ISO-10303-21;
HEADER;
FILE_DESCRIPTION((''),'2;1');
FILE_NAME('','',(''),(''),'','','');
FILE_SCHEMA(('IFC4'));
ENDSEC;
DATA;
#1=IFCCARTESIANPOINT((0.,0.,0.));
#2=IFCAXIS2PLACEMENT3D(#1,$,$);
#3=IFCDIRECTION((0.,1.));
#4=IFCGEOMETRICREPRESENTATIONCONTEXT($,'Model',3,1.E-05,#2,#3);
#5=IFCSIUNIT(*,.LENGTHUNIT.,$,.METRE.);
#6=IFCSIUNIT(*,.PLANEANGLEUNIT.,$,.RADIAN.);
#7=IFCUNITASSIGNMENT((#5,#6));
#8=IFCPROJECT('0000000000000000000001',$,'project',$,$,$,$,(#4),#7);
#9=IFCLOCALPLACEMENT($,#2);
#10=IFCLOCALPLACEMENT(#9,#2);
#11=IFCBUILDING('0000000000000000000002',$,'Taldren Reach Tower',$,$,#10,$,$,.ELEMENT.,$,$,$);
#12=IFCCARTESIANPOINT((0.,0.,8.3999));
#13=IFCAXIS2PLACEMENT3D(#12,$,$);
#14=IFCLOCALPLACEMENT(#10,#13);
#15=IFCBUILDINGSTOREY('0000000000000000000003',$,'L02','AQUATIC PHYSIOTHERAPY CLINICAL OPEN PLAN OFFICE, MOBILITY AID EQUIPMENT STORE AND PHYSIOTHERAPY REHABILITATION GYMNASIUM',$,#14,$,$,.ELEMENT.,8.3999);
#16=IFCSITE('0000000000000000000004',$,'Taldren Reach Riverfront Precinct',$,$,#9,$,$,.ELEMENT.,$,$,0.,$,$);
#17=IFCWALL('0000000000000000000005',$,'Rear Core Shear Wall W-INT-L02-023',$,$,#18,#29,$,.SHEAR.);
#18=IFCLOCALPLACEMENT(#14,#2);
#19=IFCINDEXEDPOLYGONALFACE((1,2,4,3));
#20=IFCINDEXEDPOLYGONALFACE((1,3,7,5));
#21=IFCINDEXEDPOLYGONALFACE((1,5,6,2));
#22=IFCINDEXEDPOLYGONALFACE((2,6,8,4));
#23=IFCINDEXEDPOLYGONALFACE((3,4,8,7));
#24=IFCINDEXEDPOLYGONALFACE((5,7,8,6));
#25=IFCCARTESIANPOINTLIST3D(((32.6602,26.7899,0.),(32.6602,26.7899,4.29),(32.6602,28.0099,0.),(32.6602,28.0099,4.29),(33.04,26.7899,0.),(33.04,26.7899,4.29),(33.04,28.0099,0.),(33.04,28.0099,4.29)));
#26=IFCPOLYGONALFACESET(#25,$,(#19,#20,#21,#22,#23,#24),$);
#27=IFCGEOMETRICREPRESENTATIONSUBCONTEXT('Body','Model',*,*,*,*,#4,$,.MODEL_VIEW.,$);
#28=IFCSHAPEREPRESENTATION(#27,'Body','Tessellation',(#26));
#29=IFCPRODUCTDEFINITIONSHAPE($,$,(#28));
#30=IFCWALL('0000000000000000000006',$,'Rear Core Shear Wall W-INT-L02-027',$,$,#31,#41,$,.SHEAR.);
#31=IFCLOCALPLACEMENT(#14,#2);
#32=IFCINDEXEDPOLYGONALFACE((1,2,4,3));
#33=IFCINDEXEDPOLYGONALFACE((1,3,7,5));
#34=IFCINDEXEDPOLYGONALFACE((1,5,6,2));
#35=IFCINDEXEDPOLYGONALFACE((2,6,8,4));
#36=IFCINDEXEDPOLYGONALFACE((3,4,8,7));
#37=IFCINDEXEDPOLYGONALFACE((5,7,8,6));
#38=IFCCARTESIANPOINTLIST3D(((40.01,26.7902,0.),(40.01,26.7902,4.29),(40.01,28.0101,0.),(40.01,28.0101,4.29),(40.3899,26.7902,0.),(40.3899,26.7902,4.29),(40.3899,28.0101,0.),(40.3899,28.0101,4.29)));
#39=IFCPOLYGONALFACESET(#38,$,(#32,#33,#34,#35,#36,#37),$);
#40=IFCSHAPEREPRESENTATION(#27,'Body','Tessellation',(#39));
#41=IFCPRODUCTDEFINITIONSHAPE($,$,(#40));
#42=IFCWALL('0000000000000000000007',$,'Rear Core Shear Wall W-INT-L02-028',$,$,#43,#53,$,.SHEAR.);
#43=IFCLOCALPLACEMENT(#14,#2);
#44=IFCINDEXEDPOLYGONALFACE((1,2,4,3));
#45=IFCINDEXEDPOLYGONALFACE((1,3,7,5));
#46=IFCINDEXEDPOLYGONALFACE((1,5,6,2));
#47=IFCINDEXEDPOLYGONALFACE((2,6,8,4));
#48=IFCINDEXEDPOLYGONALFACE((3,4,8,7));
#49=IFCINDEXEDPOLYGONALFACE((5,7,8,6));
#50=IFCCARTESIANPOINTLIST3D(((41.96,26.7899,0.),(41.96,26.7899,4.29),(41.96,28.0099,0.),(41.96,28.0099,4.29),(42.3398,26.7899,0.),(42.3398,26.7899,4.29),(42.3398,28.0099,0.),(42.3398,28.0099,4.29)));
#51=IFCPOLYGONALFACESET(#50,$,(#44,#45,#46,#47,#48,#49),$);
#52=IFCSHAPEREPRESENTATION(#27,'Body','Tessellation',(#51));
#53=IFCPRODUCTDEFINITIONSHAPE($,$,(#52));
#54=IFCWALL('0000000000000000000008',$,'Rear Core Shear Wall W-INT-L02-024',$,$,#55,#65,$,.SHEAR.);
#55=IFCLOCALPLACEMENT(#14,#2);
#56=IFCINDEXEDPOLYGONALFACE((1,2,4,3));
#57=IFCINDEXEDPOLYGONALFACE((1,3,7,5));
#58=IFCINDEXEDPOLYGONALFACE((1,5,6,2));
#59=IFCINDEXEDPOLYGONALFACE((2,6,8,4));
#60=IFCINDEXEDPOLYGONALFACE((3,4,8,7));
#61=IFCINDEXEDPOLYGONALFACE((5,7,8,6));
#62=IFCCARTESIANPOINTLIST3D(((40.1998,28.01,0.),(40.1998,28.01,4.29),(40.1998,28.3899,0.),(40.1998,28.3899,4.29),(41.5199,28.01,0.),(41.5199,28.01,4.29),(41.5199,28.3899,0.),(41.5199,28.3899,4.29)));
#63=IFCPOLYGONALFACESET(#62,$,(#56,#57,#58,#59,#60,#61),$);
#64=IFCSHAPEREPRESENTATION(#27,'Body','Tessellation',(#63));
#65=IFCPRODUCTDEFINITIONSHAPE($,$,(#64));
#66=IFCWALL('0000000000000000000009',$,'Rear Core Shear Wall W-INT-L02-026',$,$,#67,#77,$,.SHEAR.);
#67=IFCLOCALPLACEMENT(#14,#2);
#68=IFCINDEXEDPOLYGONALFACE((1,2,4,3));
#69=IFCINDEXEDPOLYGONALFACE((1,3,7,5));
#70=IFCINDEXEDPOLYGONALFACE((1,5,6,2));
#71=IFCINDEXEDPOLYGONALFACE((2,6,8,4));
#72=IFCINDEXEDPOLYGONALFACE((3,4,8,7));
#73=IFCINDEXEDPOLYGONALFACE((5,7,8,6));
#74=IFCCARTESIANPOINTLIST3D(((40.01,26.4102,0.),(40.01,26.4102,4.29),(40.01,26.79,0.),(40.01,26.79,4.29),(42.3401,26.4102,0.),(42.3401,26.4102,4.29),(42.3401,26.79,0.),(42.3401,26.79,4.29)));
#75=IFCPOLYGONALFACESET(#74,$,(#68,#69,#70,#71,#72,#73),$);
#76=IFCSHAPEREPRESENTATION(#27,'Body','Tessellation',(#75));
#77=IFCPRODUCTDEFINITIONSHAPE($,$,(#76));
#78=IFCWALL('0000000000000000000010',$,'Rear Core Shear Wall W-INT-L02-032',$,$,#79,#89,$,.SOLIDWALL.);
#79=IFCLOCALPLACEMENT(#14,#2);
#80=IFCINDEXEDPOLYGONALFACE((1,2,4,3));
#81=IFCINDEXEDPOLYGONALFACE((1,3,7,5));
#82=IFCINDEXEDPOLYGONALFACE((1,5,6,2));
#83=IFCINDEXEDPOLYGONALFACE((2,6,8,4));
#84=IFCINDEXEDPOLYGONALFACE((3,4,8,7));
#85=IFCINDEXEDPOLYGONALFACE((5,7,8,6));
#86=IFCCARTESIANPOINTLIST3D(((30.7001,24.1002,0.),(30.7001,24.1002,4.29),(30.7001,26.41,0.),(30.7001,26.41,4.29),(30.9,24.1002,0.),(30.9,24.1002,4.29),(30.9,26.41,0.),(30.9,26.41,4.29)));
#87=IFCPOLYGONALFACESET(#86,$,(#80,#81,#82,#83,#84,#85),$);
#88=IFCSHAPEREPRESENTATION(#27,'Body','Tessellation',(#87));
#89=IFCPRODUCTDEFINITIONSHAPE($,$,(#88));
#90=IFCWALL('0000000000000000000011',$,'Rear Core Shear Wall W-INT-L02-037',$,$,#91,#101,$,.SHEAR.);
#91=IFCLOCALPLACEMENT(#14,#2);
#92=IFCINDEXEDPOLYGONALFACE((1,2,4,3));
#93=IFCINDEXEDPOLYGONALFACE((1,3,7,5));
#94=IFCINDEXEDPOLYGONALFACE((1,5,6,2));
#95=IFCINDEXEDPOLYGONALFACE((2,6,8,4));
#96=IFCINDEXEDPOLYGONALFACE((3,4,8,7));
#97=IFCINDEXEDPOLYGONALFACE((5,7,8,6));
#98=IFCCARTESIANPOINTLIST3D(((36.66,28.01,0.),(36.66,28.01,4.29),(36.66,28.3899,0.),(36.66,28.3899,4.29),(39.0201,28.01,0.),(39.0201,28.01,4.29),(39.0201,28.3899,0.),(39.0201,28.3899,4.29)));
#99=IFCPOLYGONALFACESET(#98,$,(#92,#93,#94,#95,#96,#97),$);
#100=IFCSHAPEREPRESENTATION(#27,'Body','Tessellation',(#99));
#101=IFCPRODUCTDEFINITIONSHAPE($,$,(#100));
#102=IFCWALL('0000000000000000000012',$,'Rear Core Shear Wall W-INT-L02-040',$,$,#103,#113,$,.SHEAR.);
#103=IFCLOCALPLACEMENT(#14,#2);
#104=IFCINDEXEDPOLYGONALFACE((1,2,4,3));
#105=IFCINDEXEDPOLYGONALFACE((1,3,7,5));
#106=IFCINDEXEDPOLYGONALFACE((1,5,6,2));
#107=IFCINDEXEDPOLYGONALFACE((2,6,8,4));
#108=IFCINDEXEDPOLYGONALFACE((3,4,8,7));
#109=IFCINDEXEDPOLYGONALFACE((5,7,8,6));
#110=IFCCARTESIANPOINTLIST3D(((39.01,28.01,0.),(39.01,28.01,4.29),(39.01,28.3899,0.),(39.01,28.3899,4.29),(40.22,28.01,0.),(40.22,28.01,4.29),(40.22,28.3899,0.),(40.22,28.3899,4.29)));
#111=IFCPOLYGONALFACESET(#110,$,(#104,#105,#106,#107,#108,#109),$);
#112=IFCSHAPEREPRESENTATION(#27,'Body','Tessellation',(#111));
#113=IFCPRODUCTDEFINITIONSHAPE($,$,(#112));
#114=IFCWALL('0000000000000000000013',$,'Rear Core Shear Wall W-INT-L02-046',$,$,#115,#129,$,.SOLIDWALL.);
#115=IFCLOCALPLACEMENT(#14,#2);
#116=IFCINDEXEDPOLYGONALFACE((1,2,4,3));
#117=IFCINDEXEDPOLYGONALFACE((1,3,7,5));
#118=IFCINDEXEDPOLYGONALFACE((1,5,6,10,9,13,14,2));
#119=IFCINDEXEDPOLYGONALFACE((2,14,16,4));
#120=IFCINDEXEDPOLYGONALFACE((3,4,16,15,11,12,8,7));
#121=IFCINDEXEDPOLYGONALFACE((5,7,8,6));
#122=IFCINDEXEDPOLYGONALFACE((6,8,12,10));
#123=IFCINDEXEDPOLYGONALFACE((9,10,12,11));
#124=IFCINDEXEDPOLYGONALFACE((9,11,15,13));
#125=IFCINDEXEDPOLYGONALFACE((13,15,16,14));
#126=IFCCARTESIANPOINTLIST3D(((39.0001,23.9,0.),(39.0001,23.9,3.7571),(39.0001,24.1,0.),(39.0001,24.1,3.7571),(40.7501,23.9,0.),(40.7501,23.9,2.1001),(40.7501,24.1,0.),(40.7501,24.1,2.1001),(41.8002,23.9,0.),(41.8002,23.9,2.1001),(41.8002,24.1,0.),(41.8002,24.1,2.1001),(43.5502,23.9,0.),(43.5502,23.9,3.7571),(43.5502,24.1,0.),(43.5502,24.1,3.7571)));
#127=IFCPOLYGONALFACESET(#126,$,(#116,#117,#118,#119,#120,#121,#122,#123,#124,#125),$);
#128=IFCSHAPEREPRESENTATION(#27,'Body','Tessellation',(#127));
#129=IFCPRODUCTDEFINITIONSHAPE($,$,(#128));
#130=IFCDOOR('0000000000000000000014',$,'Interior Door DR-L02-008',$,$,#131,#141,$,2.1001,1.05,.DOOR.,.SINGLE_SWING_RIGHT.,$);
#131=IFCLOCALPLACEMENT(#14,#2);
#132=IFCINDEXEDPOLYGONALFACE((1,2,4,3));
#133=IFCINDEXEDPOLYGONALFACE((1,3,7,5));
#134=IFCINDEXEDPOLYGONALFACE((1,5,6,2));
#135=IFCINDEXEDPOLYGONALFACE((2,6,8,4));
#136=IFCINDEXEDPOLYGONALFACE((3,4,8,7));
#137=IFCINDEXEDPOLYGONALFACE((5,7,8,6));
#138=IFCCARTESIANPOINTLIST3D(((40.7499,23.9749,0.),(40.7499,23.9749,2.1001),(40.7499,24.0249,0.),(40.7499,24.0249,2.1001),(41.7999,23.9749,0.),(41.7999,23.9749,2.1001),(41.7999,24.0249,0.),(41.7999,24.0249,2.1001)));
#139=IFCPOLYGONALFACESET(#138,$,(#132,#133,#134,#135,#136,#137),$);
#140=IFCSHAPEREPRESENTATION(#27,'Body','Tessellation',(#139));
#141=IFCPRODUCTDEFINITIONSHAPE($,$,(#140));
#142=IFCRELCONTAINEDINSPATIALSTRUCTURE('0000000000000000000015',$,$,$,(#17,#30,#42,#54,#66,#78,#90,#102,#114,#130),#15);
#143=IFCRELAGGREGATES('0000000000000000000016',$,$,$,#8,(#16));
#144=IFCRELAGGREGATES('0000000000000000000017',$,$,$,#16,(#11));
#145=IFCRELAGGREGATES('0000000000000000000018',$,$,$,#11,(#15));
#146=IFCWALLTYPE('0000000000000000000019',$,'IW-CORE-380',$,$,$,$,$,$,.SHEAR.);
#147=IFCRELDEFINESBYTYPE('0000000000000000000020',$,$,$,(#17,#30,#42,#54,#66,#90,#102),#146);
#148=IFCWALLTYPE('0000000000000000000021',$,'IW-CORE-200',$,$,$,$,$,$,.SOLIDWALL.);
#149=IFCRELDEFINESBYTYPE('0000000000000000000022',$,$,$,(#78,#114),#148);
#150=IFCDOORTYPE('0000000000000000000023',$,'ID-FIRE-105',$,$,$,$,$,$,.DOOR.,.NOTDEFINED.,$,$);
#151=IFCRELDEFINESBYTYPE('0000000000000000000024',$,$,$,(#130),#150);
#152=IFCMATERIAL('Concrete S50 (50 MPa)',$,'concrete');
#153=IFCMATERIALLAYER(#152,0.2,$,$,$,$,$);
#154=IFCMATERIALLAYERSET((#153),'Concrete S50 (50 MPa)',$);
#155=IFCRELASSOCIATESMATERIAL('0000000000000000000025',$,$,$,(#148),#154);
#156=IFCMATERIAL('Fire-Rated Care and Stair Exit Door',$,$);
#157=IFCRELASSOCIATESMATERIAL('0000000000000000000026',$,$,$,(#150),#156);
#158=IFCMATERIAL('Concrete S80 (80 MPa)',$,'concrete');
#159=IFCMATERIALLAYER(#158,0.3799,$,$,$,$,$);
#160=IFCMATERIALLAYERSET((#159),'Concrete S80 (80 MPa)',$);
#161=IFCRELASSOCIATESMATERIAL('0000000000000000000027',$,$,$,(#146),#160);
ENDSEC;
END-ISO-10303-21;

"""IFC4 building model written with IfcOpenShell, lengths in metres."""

from ifc_helpers import new_model, si_unit, direction, frame, frame_2d, origin, place, context, subcontext, project, spatial, rectangle, extrude, source, transform, mapped, material, layer, layer_set, type_object, element, fill, save


model = new_model("IFC4")

# Units and contexts
model_context = context("Model", 3, precision=1e-05, world=origin(), true_north=direction((0.0, 1.0)))
body_context = subcontext(model_context, "Body", "Model", "MODEL_VIEW")
ifc_project = project(units=[si_unit("LENGTHUNIT", "METRE"), si_unit("PLANEANGLEUNIT", "RADIAN")], contexts=[model_context])

# Site, building, storey
site_placement = place(None, origin())
site = spatial("IfcSite", under=ifc_project, at=site_placement, Name="Taldren Reach Riverfront Precinct", CompositionType="ELEMENT", RefElevation=0.0)
building_placement = place(site_placement, origin())
building = spatial("IfcBuilding", under=site, at=building_placement, Name="Taldren Reach Tower", CompositionType="ELEMENT")
storey_placement = place(building_placement, frame((0.0, 0.0, 8.3999)))
storey = spatial("IfcBuildingStorey", under=building, at=storey_placement, Name="L02", Description="AQUATIC PHYSIOTHERAPY CLINICAL OPEN PLAN OFFICE, MOBILITY AID EQUIPMENT STORE AND PHYSIOTHERAPY REHABILITATION GYMNASIUM", CompositionType="ELEMENT", Elevation=8.3999)

# Shared definitions
ifc_material_1 = material(Name="Concrete S50 (50 MPa)", Category="concrete")
ifc_layer_1 = layer(ifc_material_1, 0.2)
ifc_layer_set_1 = layer_set([ifc_layer_1], Name="Concrete S50 (50 MPa)")
wall_type_1 = type_object("IfcWallType", Name="IW-CORE-200", PredefinedType="SOLIDWALL", material=ifc_layer_set_1)

# Shared definitions
shared_shape_1 = source(origin(), body_context, "Body", "SweptSolid", [
    extrude(rectangle(XDim=1.05, YDim=2.1001, at=frame_2d((0.5249, 1.05))), frame((0.0, 0.1099, 0.0), z_axis=(0.0, -1.0, 0.0), x_axis=(1.0, 0.0, 0.0)), (0.0, 0.0, 1.0), 0.22),
])
ifc_material_2 = material(Name="Fire-Rated Care and Stair Exit Door")
door_type = type_object("IfcDoorType", Name="ID-FIRE-105", OperationType="NOTDEFINED", PredefinedType="DOOR", material=ifc_material_2)
shared_shape_2 = source(origin(), body_context, "Body", "SweptSolid", [
    extrude(rectangle(XDim=1.05, YDim=2.1001, at=frame_2d((0.5249, 1.05))), frame((0.0, 0.0249, 0.0), z_axis=(0.0, -1.0, 0.0), x_axis=(1.0, 0.0, 0.0)), (0.0, 0.0, 1.0), 0.05),
])

# Walls
ifc_material_3 = material(Name="Concrete S80 (80 MPa)", Category="concrete")
ifc_layer_2 = layer(ifc_material_3, 0.3799)
ifc_layer_set_2 = layer_set([ifc_layer_2], Name="Concrete S80 (80 MPa)")
wall_type_2 = type_object("IfcWallType", Name="IW-CORE-380", PredefinedType="SHEAR", material=ifc_layer_set_2)
shared_shape_3 = source(origin(), body_context, "Body", "SweptSolid", [
    extrude(rectangle(XDim=1.22, YDim=0.3799, at=frame_2d((0.6099, 0.0))), origin(), (0.0, 0.0, 1.0), 4.29),
])
for number, where, z_axis, x_axis, name in (
    (1, (32.8501, 26.79, 0.0), (0.0, 0.0, 1.0), (0.0, 1.0, 0.0), "Rear Core Shear Wall W-INT-L02-023"),
    (2, (40.2, 28.01, 0.0), (0.0, 0.0, 1.0), (0.0, -1.0, 0.0), "Rear Core Shear Wall W-INT-L02-027"),
    (3, (42.1499, 26.79, 0.0), (0.0, 0.0, 1.0), (0.0, 1.0, 0.0), "Rear Core Shear Wall W-INT-L02-028"),
):
    element("IfcWall", number, at=place(storey_placement, frame(where, z_axis=z_axis, x_axis=x_axis)), inside=storey, type_object=wall_type_2, Name=name, PredefinedType="SHEAR", context=body_context, shape_type="MappedRepresentation", body=[
        mapped(shared_shape_3, transform((0.0, 0.0, 0.0), scale=1.0)),
    ])
shared_shape_4 = source(origin(), body_context, "Body", "SweptSolid", [
    extrude(rectangle(XDim=1.3201, YDim=0.3799, at=frame_2d((0.6602, 0.0))), origin(), (0.0, 0.0, 1.0), 4.29),
])
wall_1_placement = place(storey_placement, frame((41.52, 28.2, 0.0), z_axis=(0.0, 0.0, 1.0), x_axis=(-1.0, 0.0, 0.0)))
element("IfcWall", 4, at=wall_1_placement, inside=storey, type_object=wall_type_2, Name="Rear Core Shear Wall W-INT-L02-024", PredefinedType="SHEAR", context=body_context, shape_type="MappedRepresentation", body=[
    mapped(shared_shape_4, transform((0.0, 0.0, 0.0), scale=1.0)),
])
shared_shape_5 = source(origin(), body_context, "Body", "SweptSolid", [
    extrude(rectangle(XDim=2.3301, YDim=0.3799, at=frame_2d((1.165, 0.0))), origin(), (0.0, 0.0, 1.0), 4.29),
])
wall_2_placement = place(storey_placement, frame((40.01, 26.6001, 0.0), z_axis=(0.0, 0.0, 1.0), x_axis=(1.0, 0.0, 0.0)))
element("IfcWall", 5, at=wall_2_placement, inside=storey, type_object=wall_type_2, Name="Rear Core Shear Wall W-INT-L02-026", PredefinedType="SHEAR", context=body_context, shape_type="MappedRepresentation", body=[
    mapped(shared_shape_5, transform((0.0, 0.0, 0.0), scale=1.0)),
])
shared_shape_6 = source(origin(), body_context, "Body", "SweptSolid", [
    extrude(rectangle(XDim=2.3098, YDim=0.2, at=frame_2d((1.1548, 0.0))), origin(), (0.0, 0.0, 1.0), 4.29),
])
wall_3_placement = place(storey_placement, frame((30.8, 26.4099, 0.0), z_axis=(0.0, 0.0, 1.0), x_axis=(0.0, -1.0, 0.0)))
element("IfcWall", 6, at=wall_3_placement, inside=storey, type_object=wall_type_1, Name="Rear Core Shear Wall W-INT-L02-032", PredefinedType="SOLIDWALL", context=body_context, shape_type="MappedRepresentation", body=[
    mapped(shared_shape_6, transform((0.0, 0.0, 0.0), scale=1.0)),
])
shared_shape_7 = source(origin(), body_context, "Body", "SweptSolid", [
    extrude(rectangle(XDim=2.3601, YDim=0.3799, at=frame_2d((1.1802, 0.0))), origin(), (0.0, 0.0, 1.0), 4.29),
])
wall_4_placement = place(storey_placement, frame((36.6599, 28.2, 0.0), z_axis=(0.0, 0.0, 1.0), x_axis=(1.0, 0.0, 0.0)))
element("IfcWall", 7, at=wall_4_placement, inside=storey, type_object=wall_type_2, Name="Rear Core Shear Wall W-INT-L02-037", PredefinedType="SHEAR", context=body_context, shape_type="MappedRepresentation", body=[
    mapped(shared_shape_7, transform((0.0, 0.0, 0.0), scale=1.0)),
])
shared_shape_8 = source(origin(), body_context, "Body", "SweptSolid", [
    extrude(rectangle(XDim=1.21, YDim=0.3799, at=frame_2d((0.605, 0.0))), origin(), (0.0, 0.0, 1.0), 4.29),
])
wall_5_placement = place(storey_placement, frame((39.01, 28.2, 0.0), z_axis=(0.0, 0.0, 1.0), x_axis=(1.0, 0.0, 0.0)))
element("IfcWall", 8, at=wall_5_placement, inside=storey, type_object=wall_type_2, Name="Rear Core Shear Wall W-INT-L02-040", PredefinedType="SHEAR", context=body_context, shape_type="MappedRepresentation", body=[
    mapped(shared_shape_8, transform((0.0, 0.0, 0.0), scale=1.0)),
])

# Wall, opening, door
shared_shape_9 = source(origin(), body_context, "Body", "SweptSolid", [
    extrude(rectangle(XDim=4.55, YDim=0.2, at=frame_2d((2.2749, 0.0))), origin(), (0.0, 0.0, 1.0), 3.7571),
])
wall_6_placement = place(storey_placement, frame((43.55, 24.0, 0.0), z_axis=(0.0, 0.0, 1.0), x_axis=(-1.0, 0.0, 0.0)))
wall_6 = element("IfcWall", 9, at=wall_6_placement, inside=storey, type_object=wall_type_1, Name="Rear Core Shear Wall W-INT-L02-046", PredefinedType="SOLIDWALL", context=body_context, shape_type="MappedRepresentation", body=[
    mapped(shared_shape_9, transform((0.0, 0.0, 0.0), scale=1.0)),
])
opening_1_placement = place(wall_6_placement, frame((1.75, 0.0, 0.0)))
opening_1 = element("IfcOpeningElement", 10, at=opening_1_placement, cuts=wall_6, PredefinedType="OPENING", context=body_context, shape_type="MappedRepresentation", body=[
    mapped(shared_shape_1, transform((0.0, 0.0, 0.0), scale=1.0)),
])
door_1_placement = place(opening_1_placement, frame((1.05, 0.0, 0.0), z_axis=(0.0, 0.0, 1.0), x_axis=(-1.0, 0.0, 0.0)))
door_1 = element("IfcDoor", 11, at=door_1_placement, inside=storey, type_object=door_type, Name="Interior Door DR-L02-008", OperationType="SINGLE_SWING_RIGHT", OverallHeight=2.1001, OverallWidth=1.05, PredefinedType="DOOR", context=body_context, shape_type="MappedRepresentation", body=[
    mapped(shared_shape_2, transform((0.0, 0.0, 0.0), scale=1.0)),
])
fill(opening_1, door_1)

save(model, "model.ifc")
